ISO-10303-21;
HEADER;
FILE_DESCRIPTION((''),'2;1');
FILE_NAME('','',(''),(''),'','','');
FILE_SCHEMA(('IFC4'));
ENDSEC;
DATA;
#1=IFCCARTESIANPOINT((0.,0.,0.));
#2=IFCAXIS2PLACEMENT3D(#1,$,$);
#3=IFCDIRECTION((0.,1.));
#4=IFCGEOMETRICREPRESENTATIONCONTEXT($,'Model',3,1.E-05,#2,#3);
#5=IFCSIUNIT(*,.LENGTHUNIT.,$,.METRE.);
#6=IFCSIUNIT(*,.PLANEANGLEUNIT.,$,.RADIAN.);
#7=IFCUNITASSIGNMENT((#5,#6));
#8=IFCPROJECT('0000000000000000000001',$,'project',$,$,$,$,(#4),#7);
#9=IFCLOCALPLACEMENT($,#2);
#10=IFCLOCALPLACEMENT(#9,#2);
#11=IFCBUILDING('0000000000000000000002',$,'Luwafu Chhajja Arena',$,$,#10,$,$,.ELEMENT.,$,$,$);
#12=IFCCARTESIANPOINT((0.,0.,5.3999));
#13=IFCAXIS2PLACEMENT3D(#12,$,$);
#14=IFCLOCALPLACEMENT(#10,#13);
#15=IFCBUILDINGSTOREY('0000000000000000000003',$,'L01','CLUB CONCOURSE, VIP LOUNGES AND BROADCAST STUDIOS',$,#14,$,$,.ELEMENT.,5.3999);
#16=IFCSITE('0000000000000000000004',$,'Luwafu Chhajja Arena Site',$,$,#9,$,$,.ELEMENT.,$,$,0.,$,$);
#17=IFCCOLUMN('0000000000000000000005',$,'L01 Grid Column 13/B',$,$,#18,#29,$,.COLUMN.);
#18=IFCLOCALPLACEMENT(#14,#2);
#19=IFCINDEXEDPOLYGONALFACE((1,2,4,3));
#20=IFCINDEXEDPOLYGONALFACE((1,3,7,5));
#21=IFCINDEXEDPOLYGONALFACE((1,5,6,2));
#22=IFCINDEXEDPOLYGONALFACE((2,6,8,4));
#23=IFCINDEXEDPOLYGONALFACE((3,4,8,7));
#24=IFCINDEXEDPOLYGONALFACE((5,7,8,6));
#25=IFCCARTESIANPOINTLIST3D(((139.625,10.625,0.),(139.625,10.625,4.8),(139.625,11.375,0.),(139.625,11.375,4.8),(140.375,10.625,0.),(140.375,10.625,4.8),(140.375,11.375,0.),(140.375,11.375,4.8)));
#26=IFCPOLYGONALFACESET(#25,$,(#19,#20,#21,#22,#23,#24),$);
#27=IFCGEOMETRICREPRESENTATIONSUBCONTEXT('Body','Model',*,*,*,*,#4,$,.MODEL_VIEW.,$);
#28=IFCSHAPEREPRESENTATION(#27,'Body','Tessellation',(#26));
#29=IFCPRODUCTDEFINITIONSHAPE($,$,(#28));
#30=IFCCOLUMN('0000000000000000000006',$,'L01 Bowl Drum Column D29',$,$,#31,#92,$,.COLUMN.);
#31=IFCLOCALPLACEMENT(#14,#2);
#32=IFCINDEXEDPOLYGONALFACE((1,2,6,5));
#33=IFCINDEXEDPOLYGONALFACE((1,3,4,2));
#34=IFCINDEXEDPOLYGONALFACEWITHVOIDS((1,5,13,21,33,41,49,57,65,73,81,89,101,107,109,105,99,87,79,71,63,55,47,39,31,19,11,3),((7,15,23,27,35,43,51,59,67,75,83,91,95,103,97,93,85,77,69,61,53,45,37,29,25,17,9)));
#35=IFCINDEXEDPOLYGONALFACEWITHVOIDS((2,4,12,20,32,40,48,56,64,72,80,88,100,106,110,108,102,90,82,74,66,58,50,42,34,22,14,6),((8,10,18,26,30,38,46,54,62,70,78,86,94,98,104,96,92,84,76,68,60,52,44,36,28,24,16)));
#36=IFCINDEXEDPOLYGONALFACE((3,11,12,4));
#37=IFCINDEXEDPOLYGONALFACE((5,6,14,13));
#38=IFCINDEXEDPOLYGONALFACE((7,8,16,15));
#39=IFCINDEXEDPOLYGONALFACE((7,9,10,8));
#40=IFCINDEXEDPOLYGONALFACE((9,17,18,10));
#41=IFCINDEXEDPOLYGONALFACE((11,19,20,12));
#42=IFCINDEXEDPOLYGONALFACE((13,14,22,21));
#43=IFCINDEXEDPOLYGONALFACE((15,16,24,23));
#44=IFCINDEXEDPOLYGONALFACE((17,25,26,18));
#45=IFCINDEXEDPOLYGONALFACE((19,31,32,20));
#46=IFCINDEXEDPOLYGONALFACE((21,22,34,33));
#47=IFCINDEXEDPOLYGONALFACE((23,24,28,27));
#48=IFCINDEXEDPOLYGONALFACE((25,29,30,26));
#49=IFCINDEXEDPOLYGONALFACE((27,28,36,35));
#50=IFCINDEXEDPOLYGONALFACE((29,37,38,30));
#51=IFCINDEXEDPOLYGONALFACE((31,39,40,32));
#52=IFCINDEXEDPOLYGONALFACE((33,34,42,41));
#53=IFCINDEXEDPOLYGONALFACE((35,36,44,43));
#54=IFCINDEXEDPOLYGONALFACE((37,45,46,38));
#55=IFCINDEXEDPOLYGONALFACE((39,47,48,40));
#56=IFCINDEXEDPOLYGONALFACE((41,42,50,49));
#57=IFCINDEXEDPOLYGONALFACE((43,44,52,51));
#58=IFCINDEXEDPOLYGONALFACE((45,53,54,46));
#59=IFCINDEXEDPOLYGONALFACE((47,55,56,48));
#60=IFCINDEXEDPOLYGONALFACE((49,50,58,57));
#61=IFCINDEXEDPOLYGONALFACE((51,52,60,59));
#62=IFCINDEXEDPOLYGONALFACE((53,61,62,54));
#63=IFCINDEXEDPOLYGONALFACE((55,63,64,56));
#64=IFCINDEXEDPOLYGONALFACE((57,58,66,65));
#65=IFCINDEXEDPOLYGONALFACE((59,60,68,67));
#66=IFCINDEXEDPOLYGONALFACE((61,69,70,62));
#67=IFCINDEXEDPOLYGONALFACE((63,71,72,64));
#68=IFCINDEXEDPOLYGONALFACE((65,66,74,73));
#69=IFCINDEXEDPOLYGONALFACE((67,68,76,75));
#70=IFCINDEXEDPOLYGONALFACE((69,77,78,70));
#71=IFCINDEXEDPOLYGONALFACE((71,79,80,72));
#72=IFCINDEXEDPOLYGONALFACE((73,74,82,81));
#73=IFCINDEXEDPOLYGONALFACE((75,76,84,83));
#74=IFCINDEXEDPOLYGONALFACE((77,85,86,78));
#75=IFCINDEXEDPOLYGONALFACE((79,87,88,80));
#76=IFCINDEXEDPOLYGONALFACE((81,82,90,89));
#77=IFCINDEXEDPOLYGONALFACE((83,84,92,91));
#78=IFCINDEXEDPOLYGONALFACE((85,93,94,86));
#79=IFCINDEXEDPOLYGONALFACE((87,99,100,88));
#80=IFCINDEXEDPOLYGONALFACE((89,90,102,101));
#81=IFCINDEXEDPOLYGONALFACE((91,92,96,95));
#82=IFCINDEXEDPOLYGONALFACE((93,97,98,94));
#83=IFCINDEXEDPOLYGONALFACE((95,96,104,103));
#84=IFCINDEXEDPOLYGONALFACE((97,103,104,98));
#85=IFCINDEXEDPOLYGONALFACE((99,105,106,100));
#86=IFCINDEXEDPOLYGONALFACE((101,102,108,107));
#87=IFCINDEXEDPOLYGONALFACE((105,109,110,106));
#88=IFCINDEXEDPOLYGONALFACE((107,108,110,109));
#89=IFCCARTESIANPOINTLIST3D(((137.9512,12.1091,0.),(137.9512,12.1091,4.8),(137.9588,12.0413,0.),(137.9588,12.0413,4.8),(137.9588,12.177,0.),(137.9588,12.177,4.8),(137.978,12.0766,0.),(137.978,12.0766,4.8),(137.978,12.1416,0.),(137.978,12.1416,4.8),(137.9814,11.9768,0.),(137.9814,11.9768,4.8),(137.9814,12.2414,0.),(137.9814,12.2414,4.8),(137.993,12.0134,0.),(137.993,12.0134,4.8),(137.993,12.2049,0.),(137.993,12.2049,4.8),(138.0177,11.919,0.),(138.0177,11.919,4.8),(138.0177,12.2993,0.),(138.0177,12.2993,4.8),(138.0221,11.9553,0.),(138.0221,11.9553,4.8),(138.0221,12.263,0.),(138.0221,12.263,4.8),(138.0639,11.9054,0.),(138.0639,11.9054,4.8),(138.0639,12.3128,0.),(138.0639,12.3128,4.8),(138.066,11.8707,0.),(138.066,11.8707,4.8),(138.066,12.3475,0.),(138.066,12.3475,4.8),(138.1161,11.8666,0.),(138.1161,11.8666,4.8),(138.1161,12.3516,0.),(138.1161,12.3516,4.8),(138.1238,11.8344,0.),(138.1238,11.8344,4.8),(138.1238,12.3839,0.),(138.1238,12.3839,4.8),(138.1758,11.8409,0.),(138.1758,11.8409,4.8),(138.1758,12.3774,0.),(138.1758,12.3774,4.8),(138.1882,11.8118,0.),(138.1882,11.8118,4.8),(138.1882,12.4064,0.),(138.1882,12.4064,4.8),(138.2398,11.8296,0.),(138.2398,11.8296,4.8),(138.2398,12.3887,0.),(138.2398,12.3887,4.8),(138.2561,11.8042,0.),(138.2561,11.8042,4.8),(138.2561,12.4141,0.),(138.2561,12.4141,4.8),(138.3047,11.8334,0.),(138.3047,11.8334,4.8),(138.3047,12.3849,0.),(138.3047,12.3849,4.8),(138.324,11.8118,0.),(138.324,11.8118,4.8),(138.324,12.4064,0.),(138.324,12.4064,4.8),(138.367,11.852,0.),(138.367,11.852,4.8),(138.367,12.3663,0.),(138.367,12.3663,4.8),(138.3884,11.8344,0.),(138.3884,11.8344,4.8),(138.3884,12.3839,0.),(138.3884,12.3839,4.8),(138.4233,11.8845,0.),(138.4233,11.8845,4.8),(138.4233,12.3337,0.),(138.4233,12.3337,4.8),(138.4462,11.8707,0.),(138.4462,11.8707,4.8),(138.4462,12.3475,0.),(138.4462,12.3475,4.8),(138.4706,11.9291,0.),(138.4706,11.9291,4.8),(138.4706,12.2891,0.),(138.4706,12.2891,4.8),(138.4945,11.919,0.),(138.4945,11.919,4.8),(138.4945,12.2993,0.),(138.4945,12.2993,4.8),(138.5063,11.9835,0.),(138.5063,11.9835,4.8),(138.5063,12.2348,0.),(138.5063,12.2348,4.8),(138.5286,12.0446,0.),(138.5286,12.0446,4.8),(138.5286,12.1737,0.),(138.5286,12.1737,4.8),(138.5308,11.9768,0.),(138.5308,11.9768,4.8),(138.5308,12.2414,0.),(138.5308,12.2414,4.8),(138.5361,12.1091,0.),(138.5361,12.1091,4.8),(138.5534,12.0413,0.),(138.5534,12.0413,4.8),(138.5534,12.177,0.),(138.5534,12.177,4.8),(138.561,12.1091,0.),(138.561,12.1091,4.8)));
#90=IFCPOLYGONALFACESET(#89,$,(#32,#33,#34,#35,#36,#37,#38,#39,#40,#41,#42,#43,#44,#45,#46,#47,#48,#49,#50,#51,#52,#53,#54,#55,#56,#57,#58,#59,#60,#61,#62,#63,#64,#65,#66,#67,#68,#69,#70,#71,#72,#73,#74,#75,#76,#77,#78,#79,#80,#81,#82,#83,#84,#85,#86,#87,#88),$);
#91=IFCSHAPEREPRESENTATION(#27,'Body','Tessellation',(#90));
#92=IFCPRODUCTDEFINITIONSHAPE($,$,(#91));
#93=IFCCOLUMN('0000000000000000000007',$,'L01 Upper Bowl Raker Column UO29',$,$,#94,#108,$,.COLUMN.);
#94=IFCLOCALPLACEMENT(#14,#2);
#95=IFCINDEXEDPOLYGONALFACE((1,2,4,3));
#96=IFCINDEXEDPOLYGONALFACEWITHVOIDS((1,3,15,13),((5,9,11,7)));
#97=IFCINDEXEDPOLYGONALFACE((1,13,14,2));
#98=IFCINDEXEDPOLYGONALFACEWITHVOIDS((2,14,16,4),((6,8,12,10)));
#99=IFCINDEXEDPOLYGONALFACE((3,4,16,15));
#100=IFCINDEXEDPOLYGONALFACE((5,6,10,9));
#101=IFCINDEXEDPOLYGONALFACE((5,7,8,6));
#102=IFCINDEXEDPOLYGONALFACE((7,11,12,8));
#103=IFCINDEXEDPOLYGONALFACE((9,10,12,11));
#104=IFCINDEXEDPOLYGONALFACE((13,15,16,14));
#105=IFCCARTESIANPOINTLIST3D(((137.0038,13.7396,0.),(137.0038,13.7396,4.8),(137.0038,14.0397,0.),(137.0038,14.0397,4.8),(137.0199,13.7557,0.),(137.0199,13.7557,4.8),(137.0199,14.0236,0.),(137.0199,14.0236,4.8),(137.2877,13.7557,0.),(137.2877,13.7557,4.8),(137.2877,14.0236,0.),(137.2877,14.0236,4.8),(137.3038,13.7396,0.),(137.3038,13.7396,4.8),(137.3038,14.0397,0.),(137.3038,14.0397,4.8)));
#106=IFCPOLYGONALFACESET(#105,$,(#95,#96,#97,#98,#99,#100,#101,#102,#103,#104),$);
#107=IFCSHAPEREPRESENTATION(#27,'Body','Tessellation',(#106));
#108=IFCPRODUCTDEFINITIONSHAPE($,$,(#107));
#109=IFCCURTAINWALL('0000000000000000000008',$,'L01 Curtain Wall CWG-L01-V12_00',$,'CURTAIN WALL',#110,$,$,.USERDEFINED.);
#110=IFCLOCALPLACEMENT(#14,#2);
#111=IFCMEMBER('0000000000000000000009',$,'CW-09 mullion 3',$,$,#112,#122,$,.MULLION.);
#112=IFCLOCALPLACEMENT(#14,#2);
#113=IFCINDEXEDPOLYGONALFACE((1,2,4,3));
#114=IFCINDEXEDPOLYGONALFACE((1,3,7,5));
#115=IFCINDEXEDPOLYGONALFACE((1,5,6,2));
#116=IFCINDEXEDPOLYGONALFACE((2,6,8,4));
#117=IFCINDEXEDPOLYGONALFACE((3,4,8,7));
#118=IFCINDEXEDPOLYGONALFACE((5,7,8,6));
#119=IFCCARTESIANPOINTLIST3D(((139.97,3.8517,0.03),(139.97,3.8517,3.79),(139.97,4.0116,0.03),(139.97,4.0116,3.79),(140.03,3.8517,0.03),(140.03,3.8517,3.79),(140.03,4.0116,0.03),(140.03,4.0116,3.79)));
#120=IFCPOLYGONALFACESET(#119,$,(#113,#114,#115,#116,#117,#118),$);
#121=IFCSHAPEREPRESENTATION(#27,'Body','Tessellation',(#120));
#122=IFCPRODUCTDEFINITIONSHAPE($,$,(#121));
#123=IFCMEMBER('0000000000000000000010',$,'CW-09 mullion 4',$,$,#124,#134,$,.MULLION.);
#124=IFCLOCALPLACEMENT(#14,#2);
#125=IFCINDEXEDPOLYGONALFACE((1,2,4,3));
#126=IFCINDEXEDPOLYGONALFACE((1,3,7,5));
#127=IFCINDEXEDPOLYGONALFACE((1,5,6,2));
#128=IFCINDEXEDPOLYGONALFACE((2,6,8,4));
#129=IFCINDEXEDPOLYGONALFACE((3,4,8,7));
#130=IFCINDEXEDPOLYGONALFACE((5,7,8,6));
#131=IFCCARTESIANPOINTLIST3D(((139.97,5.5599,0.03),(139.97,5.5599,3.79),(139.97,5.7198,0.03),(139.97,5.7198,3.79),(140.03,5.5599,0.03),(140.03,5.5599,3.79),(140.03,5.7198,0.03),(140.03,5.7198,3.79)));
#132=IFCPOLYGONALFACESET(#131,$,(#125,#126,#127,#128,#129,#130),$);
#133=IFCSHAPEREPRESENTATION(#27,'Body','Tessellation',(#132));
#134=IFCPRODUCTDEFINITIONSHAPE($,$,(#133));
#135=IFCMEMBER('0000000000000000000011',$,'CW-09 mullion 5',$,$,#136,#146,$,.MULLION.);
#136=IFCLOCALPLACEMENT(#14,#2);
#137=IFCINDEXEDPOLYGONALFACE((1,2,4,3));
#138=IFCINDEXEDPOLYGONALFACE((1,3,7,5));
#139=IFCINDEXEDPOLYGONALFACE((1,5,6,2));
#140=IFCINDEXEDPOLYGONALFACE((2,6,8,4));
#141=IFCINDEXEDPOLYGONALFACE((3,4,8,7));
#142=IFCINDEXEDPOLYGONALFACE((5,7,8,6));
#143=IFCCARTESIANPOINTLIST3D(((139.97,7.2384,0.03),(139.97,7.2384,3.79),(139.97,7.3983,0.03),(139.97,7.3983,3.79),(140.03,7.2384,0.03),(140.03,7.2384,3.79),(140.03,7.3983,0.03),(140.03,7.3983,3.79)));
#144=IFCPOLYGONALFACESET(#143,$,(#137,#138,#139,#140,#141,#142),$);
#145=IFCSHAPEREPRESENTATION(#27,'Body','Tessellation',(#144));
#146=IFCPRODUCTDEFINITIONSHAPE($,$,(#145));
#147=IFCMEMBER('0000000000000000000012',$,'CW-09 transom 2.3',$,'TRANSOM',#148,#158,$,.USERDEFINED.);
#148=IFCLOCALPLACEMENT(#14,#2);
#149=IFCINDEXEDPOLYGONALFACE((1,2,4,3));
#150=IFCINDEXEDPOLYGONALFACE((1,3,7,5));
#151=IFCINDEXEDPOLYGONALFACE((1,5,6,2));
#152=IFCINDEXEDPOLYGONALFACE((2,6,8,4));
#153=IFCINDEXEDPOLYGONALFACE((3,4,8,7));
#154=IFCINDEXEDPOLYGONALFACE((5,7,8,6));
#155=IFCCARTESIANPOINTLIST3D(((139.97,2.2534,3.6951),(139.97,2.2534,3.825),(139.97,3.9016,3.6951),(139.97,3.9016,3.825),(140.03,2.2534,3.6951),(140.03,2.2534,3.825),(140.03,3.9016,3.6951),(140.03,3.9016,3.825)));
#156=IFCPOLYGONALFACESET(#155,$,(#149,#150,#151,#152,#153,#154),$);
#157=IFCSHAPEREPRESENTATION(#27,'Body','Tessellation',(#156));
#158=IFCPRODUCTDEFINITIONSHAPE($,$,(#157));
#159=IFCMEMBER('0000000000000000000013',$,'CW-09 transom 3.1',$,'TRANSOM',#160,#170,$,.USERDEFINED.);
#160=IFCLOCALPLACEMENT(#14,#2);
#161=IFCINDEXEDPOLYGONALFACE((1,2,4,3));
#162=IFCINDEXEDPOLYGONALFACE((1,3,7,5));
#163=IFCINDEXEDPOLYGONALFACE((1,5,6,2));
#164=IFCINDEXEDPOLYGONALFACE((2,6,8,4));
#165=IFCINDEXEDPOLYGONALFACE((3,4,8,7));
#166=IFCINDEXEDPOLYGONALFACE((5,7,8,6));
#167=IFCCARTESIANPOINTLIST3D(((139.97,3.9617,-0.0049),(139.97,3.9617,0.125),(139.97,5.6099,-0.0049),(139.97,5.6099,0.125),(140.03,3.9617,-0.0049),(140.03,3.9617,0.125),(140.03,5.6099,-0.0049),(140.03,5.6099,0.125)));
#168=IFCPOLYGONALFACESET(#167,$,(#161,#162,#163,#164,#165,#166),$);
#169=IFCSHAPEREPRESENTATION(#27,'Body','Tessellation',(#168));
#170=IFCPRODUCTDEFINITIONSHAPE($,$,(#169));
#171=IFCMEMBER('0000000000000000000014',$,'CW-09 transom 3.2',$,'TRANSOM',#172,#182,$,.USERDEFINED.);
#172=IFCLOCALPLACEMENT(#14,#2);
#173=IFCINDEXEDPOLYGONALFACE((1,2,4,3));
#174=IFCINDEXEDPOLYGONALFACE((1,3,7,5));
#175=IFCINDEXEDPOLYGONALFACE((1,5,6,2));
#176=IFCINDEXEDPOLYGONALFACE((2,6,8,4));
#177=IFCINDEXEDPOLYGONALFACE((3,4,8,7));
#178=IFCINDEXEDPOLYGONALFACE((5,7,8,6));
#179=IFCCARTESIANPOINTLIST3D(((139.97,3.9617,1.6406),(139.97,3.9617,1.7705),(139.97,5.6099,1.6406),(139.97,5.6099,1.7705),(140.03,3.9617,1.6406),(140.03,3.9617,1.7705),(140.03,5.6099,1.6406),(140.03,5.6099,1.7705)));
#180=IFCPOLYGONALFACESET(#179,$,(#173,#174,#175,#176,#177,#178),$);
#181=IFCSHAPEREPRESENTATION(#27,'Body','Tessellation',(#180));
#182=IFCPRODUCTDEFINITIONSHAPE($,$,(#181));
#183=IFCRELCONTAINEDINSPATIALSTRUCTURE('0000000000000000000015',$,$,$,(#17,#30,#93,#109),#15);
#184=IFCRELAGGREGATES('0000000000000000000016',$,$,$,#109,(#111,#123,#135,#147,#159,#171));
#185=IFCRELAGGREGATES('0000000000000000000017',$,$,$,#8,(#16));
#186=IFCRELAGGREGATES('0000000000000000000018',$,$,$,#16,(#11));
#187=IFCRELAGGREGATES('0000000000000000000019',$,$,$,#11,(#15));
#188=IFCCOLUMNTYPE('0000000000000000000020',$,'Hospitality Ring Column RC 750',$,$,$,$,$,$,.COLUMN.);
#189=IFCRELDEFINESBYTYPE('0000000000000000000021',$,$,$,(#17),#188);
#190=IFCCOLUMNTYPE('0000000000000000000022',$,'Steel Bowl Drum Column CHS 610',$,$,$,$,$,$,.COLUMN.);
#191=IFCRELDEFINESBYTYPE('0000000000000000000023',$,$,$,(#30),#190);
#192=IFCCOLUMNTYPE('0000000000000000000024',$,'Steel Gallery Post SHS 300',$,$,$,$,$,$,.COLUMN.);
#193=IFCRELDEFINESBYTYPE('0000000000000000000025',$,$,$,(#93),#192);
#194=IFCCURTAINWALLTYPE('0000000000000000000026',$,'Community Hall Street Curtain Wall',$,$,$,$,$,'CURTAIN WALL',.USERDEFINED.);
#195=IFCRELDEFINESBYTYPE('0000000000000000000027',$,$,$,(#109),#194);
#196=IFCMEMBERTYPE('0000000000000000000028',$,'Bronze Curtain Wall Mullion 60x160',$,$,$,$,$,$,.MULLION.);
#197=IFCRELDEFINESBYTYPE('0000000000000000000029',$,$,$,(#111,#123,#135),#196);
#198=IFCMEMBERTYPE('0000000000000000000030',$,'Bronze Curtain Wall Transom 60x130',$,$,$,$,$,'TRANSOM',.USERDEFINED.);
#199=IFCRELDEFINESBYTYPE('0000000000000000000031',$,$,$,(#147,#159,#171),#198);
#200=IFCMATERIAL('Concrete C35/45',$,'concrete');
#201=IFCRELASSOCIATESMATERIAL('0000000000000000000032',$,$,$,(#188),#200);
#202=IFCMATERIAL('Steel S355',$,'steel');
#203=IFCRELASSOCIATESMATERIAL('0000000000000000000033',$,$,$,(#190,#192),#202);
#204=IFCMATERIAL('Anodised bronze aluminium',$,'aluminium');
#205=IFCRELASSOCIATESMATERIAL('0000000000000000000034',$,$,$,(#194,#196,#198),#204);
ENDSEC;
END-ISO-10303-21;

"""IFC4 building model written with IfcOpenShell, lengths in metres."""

from ifc_helpers import new_model, si_unit, direction, frame, origin, origin_2d, place, context, subcontext, project, spatial, rectangle, hollow_rectangle, hollow_circle, extrude, material, material_profile, profile_set, type_object, element, aggregate, save


model = new_model("IFC4")

# Units and contexts
model_context = context("Model", 3, precision=1e-05, world=origin(), true_north=direction((0.0, 1.0)))
body_context = subcontext(model_context, "Body", "Model", "MODEL_VIEW")
ifc_project = project(units=[si_unit("LENGTHUNIT", "METRE"), si_unit("PLANEANGLEUNIT", "RADIAN")], contexts=[model_context])

# Site, building, storey
site_placement = place(None, origin())
site = spatial("IfcSite", under=ifc_project, at=site_placement, Name="Luwafu Chhajja Arena Site", CompositionType="ELEMENT", RefElevation=0.0)
building_placement = place(site_placement, origin())
building = spatial("IfcBuilding", under=site, at=building_placement, Name="Luwafu Chhajja Arena", CompositionType="ELEMENT")
storey_placement = place(building_placement, frame((0.0, 0.0, 5.3999)))
storey = spatial("IfcBuildingStorey", under=building, at=storey_placement, Name="L01", Description="CLUB CONCOURSE, VIP LOUNGES AND BROADCAST STUDIOS", CompositionType="ELEMENT", Elevation=5.3999)

# Columns
ifc_material_1 = material(Name="Concrete C35/45", Category="concrete")
ifc_material_profile_1 = material_profile(ifc_material_1, rectangle(XDim=0.75, YDim=0.75, at=origin_2d()), Name="RC 750x750")
ifc_profile_set_1 = profile_set([ifc_material_profile_1], Name="Concrete C35/45")
column_type_1 = type_object("IfcColumnType", Name="Hospitality Ring Column RC 750", PredefinedType="COLUMN", material=ifc_profile_set_1)
column_1_placement = place(storey_placement, frame((140.0, 11.0, 0.0), z_axis=(0.0, 0.0, 1.0), x_axis=(1.0, 0.0, 0.0)))
element("IfcColumn", 1, at=column_1_placement, inside=storey, type_object=column_type_1, Name="L01 Grid Column 13/B", PredefinedType="COLUMN", context=body_context, shape_type="SweptSolid", body=[
    extrude(rectangle(XDim=0.75, YDim=0.75, at=origin_2d()), origin(), (0.0, 0.0, 1.0), 4.8),
])
ifc_material_2 = material(Name="Steel S355", Category="steel")
ifc_material_profile_2 = material_profile(ifc_material_2, hollow_circle(Radius=0.3049, WallThickness=0.0249, at=origin_2d()), Name="CHS 610x25")
ifc_profile_set_2 = profile_set([ifc_material_profile_2], Name="Steel S355")
column_type_2 = type_object("IfcColumnType", Name="Steel Bowl Drum Column CHS 610", PredefinedType="COLUMN", material=ifc_profile_set_2)
column_2_placement = place(storey_placement, frame((138.2561, 12.1091, 0.0), z_axis=(0.0, 0.0, 1.0), x_axis=(1.0, 0.0, 0.0)))
element("IfcColumn", 2, at=column_2_placement, inside=storey, type_object=column_type_2, Name="L01 Bowl Drum Column D29", PredefinedType="COLUMN", context=body_context, shape_type="SweptSolid", body=[
    extrude(hollow_circle(Radius=0.3049, WallThickness=0.0249, at=origin_2d()), origin(), (0.0, 0.0, 1.0), 4.8),
])
ifc_material_profile_3 = material_profile(ifc_material_2, hollow_rectangle(XDim=0.3, YDim=0.3, WallThickness=0.0161, at=origin_2d()), Name="SHS 300x300x16")
ifc_profile_set_3 = profile_set([ifc_material_profile_3], Name="Steel S355")
column_type_3 = type_object("IfcColumnType", Name="Steel Gallery Post SHS 300", PredefinedType="COLUMN", material=ifc_profile_set_3)
column_3_placement = place(storey_placement, frame((137.1538, 13.8896, 0.0), z_axis=(0.0, 0.0, 1.0), x_axis=(1.0, 0.0, 0.0)))
element("IfcColumn", 3, at=column_3_placement, inside=storey, type_object=column_type_3, Name="L01 Upper Bowl Raker Column UO29", PredefinedType="COLUMN", context=body_context, shape_type="SweptSolid", body=[
    extrude(hollow_rectangle(XDim=0.3, YDim=0.3, WallThickness=0.0161, at=origin_2d()), origin(), (0.0, 0.0, 1.0), 4.8),
])

# Curtain wall, members
ifc_material_3 = material(Name="Anodised bronze aluminium", Category="aluminium")
curtain_wall_type = type_object("IfcCurtainWallType", Name="Community Hall Street Curtain Wall", ElementType="CURTAIN WALL", PredefinedType="USERDEFINED", material=ifc_material_3)
curtain_wall_placement = place(storey_placement, origin())
curtain_wall = element("IfcCurtainWall", 4, at=curtain_wall_placement, inside=storey, type_object=curtain_wall_type, Name="L01 Curtain Wall CWG-L01-V12_00", ObjectType="CURTAIN WALL", PredefinedType="USERDEFINED")
ifc_material_profile_4 = material_profile(ifc_material_3, rectangle(XDim=0.0601, YDim=0.1599, at=origin_2d()), Name="CWM 60x160")
ifc_profile_set_4 = profile_set([ifc_material_profile_4], Name="Anodised bronze aluminium")
member_type_1 = type_object("IfcMemberType", Name="Bronze Curtain Wall Mullion 60x160", PredefinedType="MULLION", material=ifc_profile_set_4)
member_1_placement = place(storey_placement, frame((140.0, 3.9316, 0.03), z_axis=(0.0, 0.0, 1.0), x_axis=(-1.0, 0.0, 0.0)))
member_1 = element("IfcMember", 5, at=member_1_placement, type_object=member_type_1, Name="CW-09 mullion 3", PredefinedType="MULLION", context=body_context, shape_type="SweptSolid", body=[
    extrude(rectangle(XDim=0.0601, YDim=0.1599, at=origin_2d()), origin(), (0.0, 0.0, 1.0), 3.76),
])
member_2_placement = place(storey_placement, frame((140.0, 5.6399, 0.03), z_axis=(0.0, 0.0, 1.0), x_axis=(-1.0, 0.0, 0.0)))
member_2 = element("IfcMember", 6, at=member_2_placement, type_object=member_type_1, Name="CW-09 mullion 4", PredefinedType="MULLION", context=body_context, shape_type="SweptSolid", body=[
    extrude(rectangle(XDim=0.0601, YDim=0.1599, at=origin_2d()), origin(), (0.0, 0.0, 1.0), 3.76),
])
member_3_placement = place(storey_placement, frame((140.0, 7.3184, 0.03), z_axis=(0.0, 0.0, 1.0), x_axis=(-1.0, 0.0, 0.0)))
member_3 = element("IfcMember", 7, at=member_3_placement, type_object=member_type_1, Name="CW-09 mullion 5", PredefinedType="MULLION", context=body_context, shape_type="SweptSolid", body=[
    extrude(rectangle(XDim=0.0601, YDim=0.1599, at=origin_2d()), origin(), (0.0, 0.0, 1.0), 3.76),
])
ifc_material_profile_5 = material_profile(ifc_material_3, rectangle(XDim=0.0601, YDim=0.1299, at=origin_2d()), Name="CWT 60x130")
ifc_profile_set_5 = profile_set([ifc_material_profile_5], Name="Anodised bronze aluminium")
member_type_2 = type_object("IfcMemberType", Name="Bronze Curtain Wall Transom 60x130", ElementType="TRANSOM", PredefinedType="USERDEFINED", material=ifc_profile_set_5)
member_4_placement = place(storey_placement, frame((140.0, 2.2534, 3.76), z_axis=(0.0, 1.0, 0.0), x_axis=(-1.0, 0.0, 0.0)))
member_4 = element("IfcMember", 8, at=member_4_placement, type_object=member_type_2, Name="CW-09 transom 2.3", ObjectType="TRANSOM", PredefinedType="USERDEFINED", context=body_context, shape_type="SweptSolid", body=[
    extrude(rectangle(XDim=0.0601, YDim=0.1299, at=origin_2d()), origin(), (0.0, 0.0, 1.0), 1.6482),
])
member_5_placement = place(storey_placement, frame((140.0, 3.9617, 0.0601), z_axis=(0.0, 1.0, 0.0), x_axis=(-1.0, 0.0, 0.0)))
member_5 = element("IfcMember", 9, at=member_5_placement, type_object=member_type_2, Name="CW-09 transom 3.1", ObjectType="TRANSOM", PredefinedType="USERDEFINED", context=body_context, shape_type="SweptSolid", body=[
    extrude(rectangle(XDim=0.0601, YDim=0.1299, at=origin_2d()), origin(), (0.0, 0.0, 1.0), 1.6482),
])
member_6_placement = place(storey_placement, frame((140.0, 3.9617, 1.7056), z_axis=(0.0, 1.0, 0.0), x_axis=(-1.0, 0.0, 0.0)))
member_6 = element("IfcMember", 10, at=member_6_placement, type_object=member_type_2, Name="CW-09 transom 3.2", ObjectType="TRANSOM", PredefinedType="USERDEFINED", context=body_context, shape_type="SweptSolid", body=[
    extrude(rectangle(XDim=0.0601, YDim=0.1299, at=origin_2d()), origin(), (0.0, 0.0, 1.0), 1.6482),
])

aggregate(curtain_wall, [member_1, member_2, member_3, member_4, member_5, member_6])

save(model, "model.ifc")
